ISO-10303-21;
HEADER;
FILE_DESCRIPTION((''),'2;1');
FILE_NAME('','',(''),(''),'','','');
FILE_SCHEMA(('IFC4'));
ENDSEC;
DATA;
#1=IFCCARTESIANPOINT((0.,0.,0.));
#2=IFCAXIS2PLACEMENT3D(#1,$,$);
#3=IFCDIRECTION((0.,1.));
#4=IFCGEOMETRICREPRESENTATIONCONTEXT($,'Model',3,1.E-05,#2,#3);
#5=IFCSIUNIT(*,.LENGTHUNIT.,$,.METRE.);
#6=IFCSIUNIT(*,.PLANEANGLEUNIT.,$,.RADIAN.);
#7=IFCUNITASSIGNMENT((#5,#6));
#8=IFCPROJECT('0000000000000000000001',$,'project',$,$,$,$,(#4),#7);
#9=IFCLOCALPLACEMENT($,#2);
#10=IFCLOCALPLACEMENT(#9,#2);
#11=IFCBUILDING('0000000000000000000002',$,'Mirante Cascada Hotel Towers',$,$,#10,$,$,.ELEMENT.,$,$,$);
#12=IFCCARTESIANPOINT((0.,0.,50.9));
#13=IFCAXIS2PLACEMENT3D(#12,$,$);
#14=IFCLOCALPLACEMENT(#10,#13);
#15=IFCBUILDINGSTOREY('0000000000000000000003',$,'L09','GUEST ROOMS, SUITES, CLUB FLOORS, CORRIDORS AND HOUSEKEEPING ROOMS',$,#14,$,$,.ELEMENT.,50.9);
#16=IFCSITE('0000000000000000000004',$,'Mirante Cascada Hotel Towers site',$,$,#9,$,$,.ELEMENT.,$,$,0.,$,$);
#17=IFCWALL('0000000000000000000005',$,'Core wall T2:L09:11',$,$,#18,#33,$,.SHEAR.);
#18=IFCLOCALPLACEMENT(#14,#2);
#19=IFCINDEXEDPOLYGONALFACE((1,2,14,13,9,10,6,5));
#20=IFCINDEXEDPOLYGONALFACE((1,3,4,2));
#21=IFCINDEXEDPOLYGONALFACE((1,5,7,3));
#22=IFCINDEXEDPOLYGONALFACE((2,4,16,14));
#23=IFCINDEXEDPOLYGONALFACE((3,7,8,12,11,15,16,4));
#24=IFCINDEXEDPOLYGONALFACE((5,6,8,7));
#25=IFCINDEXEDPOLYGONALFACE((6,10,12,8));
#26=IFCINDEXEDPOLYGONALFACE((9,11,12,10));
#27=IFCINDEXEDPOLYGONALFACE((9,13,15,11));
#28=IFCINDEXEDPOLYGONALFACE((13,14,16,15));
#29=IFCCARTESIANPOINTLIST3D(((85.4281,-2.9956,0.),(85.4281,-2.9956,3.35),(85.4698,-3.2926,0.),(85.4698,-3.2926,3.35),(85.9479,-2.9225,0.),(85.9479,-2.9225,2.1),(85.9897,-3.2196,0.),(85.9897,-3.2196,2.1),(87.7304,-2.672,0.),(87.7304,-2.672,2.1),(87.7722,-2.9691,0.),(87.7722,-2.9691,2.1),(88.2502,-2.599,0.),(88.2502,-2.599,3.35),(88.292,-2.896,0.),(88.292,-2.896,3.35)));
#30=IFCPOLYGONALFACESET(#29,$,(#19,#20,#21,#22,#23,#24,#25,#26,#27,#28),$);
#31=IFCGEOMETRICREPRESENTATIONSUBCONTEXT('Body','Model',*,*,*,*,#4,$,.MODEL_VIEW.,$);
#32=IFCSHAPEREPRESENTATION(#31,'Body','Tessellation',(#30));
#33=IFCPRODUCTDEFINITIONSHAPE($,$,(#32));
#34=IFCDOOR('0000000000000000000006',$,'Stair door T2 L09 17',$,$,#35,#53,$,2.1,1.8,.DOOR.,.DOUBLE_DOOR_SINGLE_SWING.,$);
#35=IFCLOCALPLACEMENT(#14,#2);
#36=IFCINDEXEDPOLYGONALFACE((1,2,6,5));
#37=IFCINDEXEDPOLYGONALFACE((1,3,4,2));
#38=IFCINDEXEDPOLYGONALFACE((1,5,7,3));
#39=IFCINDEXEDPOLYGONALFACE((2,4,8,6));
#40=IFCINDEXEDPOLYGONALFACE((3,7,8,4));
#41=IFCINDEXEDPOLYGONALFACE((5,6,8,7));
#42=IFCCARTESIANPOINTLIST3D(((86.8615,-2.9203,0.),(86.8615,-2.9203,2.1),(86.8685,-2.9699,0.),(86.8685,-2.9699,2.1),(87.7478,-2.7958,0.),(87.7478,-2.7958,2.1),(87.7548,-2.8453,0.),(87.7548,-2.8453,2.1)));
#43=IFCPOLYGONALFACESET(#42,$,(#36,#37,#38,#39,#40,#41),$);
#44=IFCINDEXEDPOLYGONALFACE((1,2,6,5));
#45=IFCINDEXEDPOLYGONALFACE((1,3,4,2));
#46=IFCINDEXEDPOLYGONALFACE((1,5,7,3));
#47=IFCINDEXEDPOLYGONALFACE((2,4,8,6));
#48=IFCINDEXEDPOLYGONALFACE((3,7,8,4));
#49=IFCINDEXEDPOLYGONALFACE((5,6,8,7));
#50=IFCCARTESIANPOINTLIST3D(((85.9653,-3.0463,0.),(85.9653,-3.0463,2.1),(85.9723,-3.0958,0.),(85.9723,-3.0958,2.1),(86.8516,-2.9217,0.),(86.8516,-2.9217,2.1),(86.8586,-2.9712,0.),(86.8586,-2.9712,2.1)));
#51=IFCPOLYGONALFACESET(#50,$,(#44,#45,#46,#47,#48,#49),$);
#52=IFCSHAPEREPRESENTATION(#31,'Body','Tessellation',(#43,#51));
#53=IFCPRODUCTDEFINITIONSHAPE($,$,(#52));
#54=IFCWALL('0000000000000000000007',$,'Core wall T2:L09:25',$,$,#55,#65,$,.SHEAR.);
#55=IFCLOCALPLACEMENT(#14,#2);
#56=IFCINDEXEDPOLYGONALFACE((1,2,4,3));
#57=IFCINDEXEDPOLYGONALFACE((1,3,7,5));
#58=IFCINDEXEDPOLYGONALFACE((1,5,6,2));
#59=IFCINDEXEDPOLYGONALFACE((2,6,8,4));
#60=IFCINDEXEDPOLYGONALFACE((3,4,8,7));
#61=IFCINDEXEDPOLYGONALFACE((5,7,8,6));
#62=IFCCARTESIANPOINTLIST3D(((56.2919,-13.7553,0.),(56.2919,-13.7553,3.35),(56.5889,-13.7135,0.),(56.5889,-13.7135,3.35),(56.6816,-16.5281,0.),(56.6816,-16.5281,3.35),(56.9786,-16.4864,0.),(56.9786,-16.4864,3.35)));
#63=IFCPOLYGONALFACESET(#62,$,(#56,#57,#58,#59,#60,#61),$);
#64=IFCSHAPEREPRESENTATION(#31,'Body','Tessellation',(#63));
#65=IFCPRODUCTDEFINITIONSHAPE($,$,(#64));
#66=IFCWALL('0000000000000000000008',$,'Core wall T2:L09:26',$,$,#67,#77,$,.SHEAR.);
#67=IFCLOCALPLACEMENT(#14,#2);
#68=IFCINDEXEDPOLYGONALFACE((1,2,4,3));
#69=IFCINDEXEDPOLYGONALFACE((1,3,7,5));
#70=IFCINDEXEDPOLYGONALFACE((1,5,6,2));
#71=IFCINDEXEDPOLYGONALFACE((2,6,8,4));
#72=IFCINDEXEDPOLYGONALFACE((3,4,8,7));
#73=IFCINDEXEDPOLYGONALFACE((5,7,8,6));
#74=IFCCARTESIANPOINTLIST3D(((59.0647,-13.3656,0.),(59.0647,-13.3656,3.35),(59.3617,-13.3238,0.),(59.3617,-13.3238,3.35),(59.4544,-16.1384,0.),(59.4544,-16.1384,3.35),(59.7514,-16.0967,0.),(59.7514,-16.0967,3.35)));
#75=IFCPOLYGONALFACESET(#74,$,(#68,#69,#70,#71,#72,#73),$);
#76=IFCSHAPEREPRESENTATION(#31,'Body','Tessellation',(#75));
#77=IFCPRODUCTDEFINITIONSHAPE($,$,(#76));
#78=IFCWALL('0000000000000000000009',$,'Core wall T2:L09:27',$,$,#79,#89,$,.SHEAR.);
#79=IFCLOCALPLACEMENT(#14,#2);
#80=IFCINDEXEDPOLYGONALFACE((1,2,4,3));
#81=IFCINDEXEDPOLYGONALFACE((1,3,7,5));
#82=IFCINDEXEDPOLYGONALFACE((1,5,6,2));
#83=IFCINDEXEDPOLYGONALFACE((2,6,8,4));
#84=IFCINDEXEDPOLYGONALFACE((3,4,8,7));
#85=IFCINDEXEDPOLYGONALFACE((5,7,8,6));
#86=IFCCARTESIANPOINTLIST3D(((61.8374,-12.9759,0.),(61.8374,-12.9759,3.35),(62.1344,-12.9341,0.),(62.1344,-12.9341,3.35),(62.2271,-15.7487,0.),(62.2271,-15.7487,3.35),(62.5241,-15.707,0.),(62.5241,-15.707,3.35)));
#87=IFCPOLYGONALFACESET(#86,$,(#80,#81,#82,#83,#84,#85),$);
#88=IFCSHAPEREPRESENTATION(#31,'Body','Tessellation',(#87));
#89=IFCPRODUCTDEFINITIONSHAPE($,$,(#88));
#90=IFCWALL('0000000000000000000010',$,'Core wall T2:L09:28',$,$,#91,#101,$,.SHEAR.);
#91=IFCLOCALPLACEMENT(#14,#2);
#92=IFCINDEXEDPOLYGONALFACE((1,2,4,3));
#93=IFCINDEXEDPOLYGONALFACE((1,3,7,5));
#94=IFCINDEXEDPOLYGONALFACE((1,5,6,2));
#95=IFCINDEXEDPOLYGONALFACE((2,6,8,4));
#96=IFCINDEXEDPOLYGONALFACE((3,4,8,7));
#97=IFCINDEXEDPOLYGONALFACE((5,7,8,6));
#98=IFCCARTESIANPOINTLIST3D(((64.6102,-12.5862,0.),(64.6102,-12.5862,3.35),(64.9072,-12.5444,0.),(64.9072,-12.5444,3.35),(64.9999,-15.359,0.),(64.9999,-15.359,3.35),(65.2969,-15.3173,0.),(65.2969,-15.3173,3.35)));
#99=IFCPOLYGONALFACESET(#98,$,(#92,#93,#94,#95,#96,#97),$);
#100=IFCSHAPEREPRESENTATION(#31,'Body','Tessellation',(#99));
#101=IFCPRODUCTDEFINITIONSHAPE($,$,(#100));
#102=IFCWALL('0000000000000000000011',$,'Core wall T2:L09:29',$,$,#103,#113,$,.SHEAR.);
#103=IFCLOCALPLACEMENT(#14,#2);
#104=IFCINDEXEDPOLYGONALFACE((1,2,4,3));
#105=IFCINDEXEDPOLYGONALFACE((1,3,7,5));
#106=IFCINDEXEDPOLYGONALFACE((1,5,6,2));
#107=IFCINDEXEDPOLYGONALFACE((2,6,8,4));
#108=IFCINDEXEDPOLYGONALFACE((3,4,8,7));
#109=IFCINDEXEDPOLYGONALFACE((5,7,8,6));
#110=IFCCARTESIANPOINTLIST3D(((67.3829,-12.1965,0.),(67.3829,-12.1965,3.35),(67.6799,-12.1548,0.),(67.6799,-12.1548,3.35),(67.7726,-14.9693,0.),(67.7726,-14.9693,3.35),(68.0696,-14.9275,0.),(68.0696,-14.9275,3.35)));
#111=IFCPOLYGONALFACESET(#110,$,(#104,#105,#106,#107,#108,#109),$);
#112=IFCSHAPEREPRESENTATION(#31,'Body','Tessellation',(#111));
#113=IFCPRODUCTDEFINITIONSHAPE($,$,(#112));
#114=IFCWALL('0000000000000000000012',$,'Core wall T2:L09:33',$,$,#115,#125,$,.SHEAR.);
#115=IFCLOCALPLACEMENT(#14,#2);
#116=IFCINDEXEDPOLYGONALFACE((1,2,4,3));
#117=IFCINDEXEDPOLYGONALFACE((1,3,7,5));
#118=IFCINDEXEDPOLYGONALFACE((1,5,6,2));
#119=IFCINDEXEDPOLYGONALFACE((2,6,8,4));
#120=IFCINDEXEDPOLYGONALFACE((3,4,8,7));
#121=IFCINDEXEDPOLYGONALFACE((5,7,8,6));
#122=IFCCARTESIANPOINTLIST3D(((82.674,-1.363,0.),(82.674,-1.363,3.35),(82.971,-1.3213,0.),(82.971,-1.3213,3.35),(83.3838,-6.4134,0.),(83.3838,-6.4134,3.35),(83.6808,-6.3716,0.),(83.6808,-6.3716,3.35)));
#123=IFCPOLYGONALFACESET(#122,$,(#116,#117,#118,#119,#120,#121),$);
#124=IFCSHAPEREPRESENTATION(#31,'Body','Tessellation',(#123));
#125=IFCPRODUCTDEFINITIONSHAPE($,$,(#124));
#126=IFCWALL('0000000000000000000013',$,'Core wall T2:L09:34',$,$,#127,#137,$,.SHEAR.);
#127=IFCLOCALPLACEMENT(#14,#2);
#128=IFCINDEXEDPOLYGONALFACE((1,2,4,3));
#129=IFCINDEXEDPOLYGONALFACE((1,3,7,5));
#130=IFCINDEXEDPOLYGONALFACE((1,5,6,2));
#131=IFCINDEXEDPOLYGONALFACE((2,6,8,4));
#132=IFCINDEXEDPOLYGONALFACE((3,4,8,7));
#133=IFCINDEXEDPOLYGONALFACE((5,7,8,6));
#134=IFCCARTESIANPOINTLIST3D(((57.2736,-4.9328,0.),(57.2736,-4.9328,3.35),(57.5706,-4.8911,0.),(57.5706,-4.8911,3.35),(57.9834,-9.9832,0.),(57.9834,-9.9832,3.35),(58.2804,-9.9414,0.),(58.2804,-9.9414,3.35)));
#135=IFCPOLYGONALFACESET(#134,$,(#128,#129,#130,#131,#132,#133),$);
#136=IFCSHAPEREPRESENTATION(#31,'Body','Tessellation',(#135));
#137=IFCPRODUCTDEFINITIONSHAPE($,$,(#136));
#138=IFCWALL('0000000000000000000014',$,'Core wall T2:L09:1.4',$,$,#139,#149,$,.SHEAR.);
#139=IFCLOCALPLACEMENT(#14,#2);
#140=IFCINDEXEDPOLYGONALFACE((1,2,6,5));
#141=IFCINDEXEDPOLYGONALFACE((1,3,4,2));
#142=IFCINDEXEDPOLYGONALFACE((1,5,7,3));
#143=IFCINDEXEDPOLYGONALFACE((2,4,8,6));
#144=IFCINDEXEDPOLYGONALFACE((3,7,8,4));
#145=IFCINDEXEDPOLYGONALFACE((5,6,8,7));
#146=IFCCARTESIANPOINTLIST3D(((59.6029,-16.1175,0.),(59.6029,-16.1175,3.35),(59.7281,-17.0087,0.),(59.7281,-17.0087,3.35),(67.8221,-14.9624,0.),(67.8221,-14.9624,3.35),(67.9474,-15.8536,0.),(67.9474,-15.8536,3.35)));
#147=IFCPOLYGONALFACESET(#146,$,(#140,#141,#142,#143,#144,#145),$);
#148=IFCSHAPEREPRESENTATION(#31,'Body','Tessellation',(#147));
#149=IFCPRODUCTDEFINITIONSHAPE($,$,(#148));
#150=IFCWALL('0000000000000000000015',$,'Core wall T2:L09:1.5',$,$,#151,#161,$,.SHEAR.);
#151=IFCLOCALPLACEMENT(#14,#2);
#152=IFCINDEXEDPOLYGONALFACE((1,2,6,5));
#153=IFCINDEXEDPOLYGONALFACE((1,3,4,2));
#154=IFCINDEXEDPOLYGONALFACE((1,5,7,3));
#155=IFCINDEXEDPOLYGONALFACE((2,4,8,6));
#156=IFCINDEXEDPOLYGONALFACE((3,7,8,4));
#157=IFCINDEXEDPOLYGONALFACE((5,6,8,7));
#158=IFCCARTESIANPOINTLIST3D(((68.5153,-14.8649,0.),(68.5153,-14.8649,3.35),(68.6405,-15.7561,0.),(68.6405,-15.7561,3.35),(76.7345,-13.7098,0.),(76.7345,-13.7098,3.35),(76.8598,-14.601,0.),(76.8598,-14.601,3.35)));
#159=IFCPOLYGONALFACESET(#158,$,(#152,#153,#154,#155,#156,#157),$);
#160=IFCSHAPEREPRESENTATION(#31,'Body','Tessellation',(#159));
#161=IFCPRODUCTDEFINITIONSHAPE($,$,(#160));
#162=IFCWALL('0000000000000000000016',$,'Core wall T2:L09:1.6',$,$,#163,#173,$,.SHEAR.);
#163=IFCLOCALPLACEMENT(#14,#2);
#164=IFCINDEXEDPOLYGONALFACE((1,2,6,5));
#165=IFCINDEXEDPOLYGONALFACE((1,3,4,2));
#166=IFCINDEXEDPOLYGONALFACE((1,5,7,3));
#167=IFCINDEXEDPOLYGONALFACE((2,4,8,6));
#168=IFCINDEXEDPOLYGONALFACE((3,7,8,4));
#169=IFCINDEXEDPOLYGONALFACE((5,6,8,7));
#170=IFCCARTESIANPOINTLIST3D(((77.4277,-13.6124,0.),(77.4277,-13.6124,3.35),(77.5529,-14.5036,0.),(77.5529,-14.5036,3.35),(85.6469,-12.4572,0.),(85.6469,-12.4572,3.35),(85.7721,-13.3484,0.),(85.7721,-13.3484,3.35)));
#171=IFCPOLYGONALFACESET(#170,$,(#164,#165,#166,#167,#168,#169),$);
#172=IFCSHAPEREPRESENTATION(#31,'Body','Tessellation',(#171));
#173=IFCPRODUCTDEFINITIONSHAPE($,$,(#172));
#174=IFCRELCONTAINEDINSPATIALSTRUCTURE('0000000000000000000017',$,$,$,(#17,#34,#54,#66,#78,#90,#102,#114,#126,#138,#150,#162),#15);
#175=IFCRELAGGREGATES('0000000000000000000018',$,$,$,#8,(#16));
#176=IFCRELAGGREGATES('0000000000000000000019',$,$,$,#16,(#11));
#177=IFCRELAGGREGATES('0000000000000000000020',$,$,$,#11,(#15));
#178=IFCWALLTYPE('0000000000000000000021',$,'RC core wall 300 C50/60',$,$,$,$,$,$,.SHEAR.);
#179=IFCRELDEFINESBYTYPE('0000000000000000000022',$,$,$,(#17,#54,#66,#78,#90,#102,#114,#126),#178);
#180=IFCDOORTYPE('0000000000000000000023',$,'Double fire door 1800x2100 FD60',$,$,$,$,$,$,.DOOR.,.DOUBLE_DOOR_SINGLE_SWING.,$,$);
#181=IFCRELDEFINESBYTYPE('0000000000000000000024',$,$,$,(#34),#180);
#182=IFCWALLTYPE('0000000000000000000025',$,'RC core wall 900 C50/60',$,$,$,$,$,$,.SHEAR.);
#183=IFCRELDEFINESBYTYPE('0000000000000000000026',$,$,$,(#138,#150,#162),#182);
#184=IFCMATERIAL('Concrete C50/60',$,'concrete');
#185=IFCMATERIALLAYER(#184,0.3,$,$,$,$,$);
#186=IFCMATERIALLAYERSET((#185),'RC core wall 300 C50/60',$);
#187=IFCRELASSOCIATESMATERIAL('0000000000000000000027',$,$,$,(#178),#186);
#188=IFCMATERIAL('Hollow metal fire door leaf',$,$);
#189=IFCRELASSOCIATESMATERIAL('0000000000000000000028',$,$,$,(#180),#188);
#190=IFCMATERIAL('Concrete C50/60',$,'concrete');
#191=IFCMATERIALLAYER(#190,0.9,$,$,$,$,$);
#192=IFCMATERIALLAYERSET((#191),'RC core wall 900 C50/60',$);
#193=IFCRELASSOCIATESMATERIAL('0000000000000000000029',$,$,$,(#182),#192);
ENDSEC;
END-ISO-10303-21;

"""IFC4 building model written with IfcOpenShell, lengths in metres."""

from ifc_helpers import new_model, si_unit, direction, frame, frame_2d, origin, place, context, subcontext, project, spatial, rectangle, extrude, material, layer, layer_set, type_object, element, fill, save


model = new_model("IFC4")

# Units and contexts
model_context = context("Model", 3, precision=1e-05, world=origin(), true_north=direction((0.0, 1.0)))
body_context = subcontext(model_context, "Body", "Model", "MODEL_VIEW")
ifc_project = project(units=[si_unit("LENGTHUNIT", "METRE"), si_unit("PLANEANGLEUNIT", "RADIAN")], contexts=[model_context])

# Site, building, storey
site_placement = place(None, origin())
site = spatial("IfcSite", under=ifc_project, at=site_placement, Name="Mirante Cascada Hotel Towers site", CompositionType="ELEMENT", RefElevation=0.0)
building_placement = place(site_placement, origin())
building = spatial("IfcBuilding", under=site, at=building_placement, Name="Mirante Cascada Hotel Towers", CompositionType="ELEMENT")
storey_placement = place(building_placement, frame((0.0, 0.0, 50.9)))
storey = spatial("IfcBuildingStorey", under=building, at=storey_placement, Name="L09", Description="GUEST ROOMS, SUITES, CLUB FLOORS, CORRIDORS AND HOUSEKEEPING ROOMS", CompositionType="ELEMENT", Elevation=50.9)

# Wall, opening, door
ifc_material_1 = material(Name="Concrete C50/60", Category="concrete")
ifc_layer_1 = layer(ifc_material_1, 0.3)
ifc_layer_set_1 = layer_set([ifc_layer_1], Name="RC core wall 300 C50/60")
wall_type_1 = type_object("IfcWallType", Name="RC core wall 300 C50/60", PredefinedType="SHEAR", material=ifc_layer_set_1)
wall_1_placement = place(storey_placement, frame((85.4489, -3.1441, 0.0), z_axis=(0.0, 0.0, 1.0), x_axis=(0.99027, 0.139161, 0.0)))
wall_1 = element("IfcWall", 1, at=wall_1_placement, inside=storey, type_object=wall_type_1, Name="Core wall T2:L09:11", PredefinedType="SHEAR", context=body_context, shape_type="SweptSolid", body=[
    extrude(rectangle(XDim=2.8499, YDim=0.3, at=frame_2d((1.425, 0.0))), origin(), (0.0, 0.0, 1.0), 3.35),
])
opening_placement = place(wall_1_placement, frame((0.525, 0.0, 0.0)))
opening = element("IfcOpeningElement", 2, at=opening_placement, cuts=wall_1, PredefinedType="OPENING", context=body_context, shape_type="SweptSolid", body=[
    extrude(rectangle(XDim=1.8, YDim=2.1, at=frame_2d((0.9, 1.05))), frame((0.0, 0.15, 0.0), z_axis=(0.0, -1.0, 0.0), x_axis=(1.0, 0.0, 0.0)), (0.0, 0.0, 1.0), 0.3),
])
ifc_material_2 = material(Name="Hollow metal fire door leaf")
door_type = type_object("IfcDoorType", Name="Double fire door 1800x2100 FD60", OperationType="DOUBLE_DOOR_SINGLE_SWING", PredefinedType="DOOR", material=ifc_material_2)
door_placement = place(opening_placement, frame((1.8, 0.0, 0.0), z_axis=(0.0, 0.0, 1.0), x_axis=(-1.0, 0.0, 0.0)))
door = element("IfcDoor", 3, at=door_placement, inside=storey, type_object=door_type, Name="Stair door T2 L09 17", OperationType="DOUBLE_DOOR_SINGLE_SWING", OverallHeight=2.1, OverallWidth=1.8, PredefinedType="DOOR", context=body_context, shape_type="SweptSolid", body=[
    extrude(rectangle(XDim=0.895, YDim=2.1, at=frame_2d((0.4475, 1.05))), frame((0.0, 0.025, 0.0), z_axis=(0.0, -1.0, 0.0), x_axis=(1.0, 0.0, 0.0)), (0.0, 0.0, 1.0), 0.05),
    extrude(rectangle(XDim=0.895, YDim=2.1, at=frame_2d((1.3525, 1.05))), frame((0.0, 0.025, 0.0), z_axis=(0.0, -1.0, 0.0), x_axis=(1.0, 0.0, 0.0)), (0.0, 0.0, 1.0), 0.05),
])
fill(opening, door)

# Walls
for number, where, z_axis, x_axis, name in (
    (4, (56.8301, -16.5072, 0.0), (0.0, 0.0, 1.0), (-0.139176, 0.990268, 0.0), "Core wall T2:L09:25"),
    (5, (59.6029, -16.1175, 0.0), (0.0, 0.0, 1.0), (-0.139176, 0.990268, 0.0), "Core wall T2:L09:26"),
    (6, (62.3756, -15.7278, 0.0), (0.0, 0.0, 1.0), (-0.139176, 0.990268, 0.0), "Core wall T2:L09:27"),
    (7, (65.1484, -15.3381, 0.0), (0.0, 0.0, 1.0), (-0.139176, 0.990268, 0.0), "Core wall T2:L09:28"),
):
    element("IfcWall", number, at=place(storey_placement, frame(where, z_axis=z_axis, x_axis=x_axis)), inside=storey, type_object=wall_type_1, Name=name, PredefinedType="SHEAR", context=body_context, shape_type="SweptSolid", body=[
        extrude(rectangle(XDim=2.8001, YDim=0.3, at=frame_2d((1.4, 0.0))), origin(), (0.0, 0.0, 1.0), 3.35),
    ])
wall_2_placement = place(storey_placement, frame((67.9211, -14.9484, 0.0), z_axis=(0.0, 0.0, 1.0), x_axis=(-0.139181, 0.990267, 0.0)))
element("IfcWall", 8, at=wall_2_placement, inside=storey, type_object=wall_type_1, Name="Core wall T2:L09:29", PredefinedType="SHEAR", context=body_context, shape_type="SweptSolid", body=[
    extrude(rectangle(XDim=2.8, YDim=0.3, at=frame_2d((1.4, 0.0))), origin(), (0.0, 0.0, 1.0), 3.35),
])
for number, where, z_axis, x_axis, name in (
    (9, (83.5323, -6.3925, 0.0), (0.0, 0.0, 1.0), (-0.139176, 0.990268, 0.0), "Core wall T2:L09:33"),
    (10, (58.1319, -9.9623, 0.0), (0.0, 0.0, 1.0), (-0.139176, 0.990268, 0.0), "Core wall T2:L09:34"),
):
    element("IfcWall", number, at=place(storey_placement, frame(where, z_axis=z_axis, x_axis=x_axis)), inside=storey, type_object=wall_type_1, Name=name, PredefinedType="SHEAR", context=body_context, shape_type="SweptSolid", body=[
        extrude(rectangle(XDim=5.1, YDim=0.3, at=frame_2d((2.55, 0.0))), origin(), (0.0, 0.0, 1.0), 3.35),
    ])
ifc_material_3 = material(Name="Concrete C50/60", Category="concrete")
ifc_layer_2 = layer(ifc_material_3, 0.9)
ifc_layer_set_2 = layer_set([ifc_layer_2], Name="RC core wall 900 C50/60")
wall_type_2 = type_object("IfcWallType", Name="RC core wall 900 C50/60", PredefinedType="SHEAR", material=ifc_layer_set_2)
for number, where, z_axis, x_axis, name in (
    (11, (59.6655, -16.5631, 0.0), (0.0, 0.0, 1.0), (0.990269, 0.139169, 0.0), "Core wall T2:L09:1.4"),
    (12, (68.5779, -15.3105, 0.0), (0.0, 0.0, 1.0), (0.990269, 0.139169, 0.0), "Core wall T2:L09:1.5"),
    (13, (77.4903, -14.058, 0.0), (0.0, 0.0, 1.0), (0.990267, 0.139181, 0.0), "Core wall T2:L09:1.6"),
):
    element("IfcWall", number, at=place(storey_placement, frame(where, z_axis=z_axis, x_axis=x_axis)), inside=storey, type_object=wall_type_2, Name=name, PredefinedType="SHEAR", context=body_context, shape_type="SweptSolid", body=[
        extrude(rectangle(XDim=8.3, YDim=0.9, at=frame_2d((4.15, 0.0))), origin(), (0.0, 0.0, 1.0), 3.35),
    ])

save(model, "model.ifc")
